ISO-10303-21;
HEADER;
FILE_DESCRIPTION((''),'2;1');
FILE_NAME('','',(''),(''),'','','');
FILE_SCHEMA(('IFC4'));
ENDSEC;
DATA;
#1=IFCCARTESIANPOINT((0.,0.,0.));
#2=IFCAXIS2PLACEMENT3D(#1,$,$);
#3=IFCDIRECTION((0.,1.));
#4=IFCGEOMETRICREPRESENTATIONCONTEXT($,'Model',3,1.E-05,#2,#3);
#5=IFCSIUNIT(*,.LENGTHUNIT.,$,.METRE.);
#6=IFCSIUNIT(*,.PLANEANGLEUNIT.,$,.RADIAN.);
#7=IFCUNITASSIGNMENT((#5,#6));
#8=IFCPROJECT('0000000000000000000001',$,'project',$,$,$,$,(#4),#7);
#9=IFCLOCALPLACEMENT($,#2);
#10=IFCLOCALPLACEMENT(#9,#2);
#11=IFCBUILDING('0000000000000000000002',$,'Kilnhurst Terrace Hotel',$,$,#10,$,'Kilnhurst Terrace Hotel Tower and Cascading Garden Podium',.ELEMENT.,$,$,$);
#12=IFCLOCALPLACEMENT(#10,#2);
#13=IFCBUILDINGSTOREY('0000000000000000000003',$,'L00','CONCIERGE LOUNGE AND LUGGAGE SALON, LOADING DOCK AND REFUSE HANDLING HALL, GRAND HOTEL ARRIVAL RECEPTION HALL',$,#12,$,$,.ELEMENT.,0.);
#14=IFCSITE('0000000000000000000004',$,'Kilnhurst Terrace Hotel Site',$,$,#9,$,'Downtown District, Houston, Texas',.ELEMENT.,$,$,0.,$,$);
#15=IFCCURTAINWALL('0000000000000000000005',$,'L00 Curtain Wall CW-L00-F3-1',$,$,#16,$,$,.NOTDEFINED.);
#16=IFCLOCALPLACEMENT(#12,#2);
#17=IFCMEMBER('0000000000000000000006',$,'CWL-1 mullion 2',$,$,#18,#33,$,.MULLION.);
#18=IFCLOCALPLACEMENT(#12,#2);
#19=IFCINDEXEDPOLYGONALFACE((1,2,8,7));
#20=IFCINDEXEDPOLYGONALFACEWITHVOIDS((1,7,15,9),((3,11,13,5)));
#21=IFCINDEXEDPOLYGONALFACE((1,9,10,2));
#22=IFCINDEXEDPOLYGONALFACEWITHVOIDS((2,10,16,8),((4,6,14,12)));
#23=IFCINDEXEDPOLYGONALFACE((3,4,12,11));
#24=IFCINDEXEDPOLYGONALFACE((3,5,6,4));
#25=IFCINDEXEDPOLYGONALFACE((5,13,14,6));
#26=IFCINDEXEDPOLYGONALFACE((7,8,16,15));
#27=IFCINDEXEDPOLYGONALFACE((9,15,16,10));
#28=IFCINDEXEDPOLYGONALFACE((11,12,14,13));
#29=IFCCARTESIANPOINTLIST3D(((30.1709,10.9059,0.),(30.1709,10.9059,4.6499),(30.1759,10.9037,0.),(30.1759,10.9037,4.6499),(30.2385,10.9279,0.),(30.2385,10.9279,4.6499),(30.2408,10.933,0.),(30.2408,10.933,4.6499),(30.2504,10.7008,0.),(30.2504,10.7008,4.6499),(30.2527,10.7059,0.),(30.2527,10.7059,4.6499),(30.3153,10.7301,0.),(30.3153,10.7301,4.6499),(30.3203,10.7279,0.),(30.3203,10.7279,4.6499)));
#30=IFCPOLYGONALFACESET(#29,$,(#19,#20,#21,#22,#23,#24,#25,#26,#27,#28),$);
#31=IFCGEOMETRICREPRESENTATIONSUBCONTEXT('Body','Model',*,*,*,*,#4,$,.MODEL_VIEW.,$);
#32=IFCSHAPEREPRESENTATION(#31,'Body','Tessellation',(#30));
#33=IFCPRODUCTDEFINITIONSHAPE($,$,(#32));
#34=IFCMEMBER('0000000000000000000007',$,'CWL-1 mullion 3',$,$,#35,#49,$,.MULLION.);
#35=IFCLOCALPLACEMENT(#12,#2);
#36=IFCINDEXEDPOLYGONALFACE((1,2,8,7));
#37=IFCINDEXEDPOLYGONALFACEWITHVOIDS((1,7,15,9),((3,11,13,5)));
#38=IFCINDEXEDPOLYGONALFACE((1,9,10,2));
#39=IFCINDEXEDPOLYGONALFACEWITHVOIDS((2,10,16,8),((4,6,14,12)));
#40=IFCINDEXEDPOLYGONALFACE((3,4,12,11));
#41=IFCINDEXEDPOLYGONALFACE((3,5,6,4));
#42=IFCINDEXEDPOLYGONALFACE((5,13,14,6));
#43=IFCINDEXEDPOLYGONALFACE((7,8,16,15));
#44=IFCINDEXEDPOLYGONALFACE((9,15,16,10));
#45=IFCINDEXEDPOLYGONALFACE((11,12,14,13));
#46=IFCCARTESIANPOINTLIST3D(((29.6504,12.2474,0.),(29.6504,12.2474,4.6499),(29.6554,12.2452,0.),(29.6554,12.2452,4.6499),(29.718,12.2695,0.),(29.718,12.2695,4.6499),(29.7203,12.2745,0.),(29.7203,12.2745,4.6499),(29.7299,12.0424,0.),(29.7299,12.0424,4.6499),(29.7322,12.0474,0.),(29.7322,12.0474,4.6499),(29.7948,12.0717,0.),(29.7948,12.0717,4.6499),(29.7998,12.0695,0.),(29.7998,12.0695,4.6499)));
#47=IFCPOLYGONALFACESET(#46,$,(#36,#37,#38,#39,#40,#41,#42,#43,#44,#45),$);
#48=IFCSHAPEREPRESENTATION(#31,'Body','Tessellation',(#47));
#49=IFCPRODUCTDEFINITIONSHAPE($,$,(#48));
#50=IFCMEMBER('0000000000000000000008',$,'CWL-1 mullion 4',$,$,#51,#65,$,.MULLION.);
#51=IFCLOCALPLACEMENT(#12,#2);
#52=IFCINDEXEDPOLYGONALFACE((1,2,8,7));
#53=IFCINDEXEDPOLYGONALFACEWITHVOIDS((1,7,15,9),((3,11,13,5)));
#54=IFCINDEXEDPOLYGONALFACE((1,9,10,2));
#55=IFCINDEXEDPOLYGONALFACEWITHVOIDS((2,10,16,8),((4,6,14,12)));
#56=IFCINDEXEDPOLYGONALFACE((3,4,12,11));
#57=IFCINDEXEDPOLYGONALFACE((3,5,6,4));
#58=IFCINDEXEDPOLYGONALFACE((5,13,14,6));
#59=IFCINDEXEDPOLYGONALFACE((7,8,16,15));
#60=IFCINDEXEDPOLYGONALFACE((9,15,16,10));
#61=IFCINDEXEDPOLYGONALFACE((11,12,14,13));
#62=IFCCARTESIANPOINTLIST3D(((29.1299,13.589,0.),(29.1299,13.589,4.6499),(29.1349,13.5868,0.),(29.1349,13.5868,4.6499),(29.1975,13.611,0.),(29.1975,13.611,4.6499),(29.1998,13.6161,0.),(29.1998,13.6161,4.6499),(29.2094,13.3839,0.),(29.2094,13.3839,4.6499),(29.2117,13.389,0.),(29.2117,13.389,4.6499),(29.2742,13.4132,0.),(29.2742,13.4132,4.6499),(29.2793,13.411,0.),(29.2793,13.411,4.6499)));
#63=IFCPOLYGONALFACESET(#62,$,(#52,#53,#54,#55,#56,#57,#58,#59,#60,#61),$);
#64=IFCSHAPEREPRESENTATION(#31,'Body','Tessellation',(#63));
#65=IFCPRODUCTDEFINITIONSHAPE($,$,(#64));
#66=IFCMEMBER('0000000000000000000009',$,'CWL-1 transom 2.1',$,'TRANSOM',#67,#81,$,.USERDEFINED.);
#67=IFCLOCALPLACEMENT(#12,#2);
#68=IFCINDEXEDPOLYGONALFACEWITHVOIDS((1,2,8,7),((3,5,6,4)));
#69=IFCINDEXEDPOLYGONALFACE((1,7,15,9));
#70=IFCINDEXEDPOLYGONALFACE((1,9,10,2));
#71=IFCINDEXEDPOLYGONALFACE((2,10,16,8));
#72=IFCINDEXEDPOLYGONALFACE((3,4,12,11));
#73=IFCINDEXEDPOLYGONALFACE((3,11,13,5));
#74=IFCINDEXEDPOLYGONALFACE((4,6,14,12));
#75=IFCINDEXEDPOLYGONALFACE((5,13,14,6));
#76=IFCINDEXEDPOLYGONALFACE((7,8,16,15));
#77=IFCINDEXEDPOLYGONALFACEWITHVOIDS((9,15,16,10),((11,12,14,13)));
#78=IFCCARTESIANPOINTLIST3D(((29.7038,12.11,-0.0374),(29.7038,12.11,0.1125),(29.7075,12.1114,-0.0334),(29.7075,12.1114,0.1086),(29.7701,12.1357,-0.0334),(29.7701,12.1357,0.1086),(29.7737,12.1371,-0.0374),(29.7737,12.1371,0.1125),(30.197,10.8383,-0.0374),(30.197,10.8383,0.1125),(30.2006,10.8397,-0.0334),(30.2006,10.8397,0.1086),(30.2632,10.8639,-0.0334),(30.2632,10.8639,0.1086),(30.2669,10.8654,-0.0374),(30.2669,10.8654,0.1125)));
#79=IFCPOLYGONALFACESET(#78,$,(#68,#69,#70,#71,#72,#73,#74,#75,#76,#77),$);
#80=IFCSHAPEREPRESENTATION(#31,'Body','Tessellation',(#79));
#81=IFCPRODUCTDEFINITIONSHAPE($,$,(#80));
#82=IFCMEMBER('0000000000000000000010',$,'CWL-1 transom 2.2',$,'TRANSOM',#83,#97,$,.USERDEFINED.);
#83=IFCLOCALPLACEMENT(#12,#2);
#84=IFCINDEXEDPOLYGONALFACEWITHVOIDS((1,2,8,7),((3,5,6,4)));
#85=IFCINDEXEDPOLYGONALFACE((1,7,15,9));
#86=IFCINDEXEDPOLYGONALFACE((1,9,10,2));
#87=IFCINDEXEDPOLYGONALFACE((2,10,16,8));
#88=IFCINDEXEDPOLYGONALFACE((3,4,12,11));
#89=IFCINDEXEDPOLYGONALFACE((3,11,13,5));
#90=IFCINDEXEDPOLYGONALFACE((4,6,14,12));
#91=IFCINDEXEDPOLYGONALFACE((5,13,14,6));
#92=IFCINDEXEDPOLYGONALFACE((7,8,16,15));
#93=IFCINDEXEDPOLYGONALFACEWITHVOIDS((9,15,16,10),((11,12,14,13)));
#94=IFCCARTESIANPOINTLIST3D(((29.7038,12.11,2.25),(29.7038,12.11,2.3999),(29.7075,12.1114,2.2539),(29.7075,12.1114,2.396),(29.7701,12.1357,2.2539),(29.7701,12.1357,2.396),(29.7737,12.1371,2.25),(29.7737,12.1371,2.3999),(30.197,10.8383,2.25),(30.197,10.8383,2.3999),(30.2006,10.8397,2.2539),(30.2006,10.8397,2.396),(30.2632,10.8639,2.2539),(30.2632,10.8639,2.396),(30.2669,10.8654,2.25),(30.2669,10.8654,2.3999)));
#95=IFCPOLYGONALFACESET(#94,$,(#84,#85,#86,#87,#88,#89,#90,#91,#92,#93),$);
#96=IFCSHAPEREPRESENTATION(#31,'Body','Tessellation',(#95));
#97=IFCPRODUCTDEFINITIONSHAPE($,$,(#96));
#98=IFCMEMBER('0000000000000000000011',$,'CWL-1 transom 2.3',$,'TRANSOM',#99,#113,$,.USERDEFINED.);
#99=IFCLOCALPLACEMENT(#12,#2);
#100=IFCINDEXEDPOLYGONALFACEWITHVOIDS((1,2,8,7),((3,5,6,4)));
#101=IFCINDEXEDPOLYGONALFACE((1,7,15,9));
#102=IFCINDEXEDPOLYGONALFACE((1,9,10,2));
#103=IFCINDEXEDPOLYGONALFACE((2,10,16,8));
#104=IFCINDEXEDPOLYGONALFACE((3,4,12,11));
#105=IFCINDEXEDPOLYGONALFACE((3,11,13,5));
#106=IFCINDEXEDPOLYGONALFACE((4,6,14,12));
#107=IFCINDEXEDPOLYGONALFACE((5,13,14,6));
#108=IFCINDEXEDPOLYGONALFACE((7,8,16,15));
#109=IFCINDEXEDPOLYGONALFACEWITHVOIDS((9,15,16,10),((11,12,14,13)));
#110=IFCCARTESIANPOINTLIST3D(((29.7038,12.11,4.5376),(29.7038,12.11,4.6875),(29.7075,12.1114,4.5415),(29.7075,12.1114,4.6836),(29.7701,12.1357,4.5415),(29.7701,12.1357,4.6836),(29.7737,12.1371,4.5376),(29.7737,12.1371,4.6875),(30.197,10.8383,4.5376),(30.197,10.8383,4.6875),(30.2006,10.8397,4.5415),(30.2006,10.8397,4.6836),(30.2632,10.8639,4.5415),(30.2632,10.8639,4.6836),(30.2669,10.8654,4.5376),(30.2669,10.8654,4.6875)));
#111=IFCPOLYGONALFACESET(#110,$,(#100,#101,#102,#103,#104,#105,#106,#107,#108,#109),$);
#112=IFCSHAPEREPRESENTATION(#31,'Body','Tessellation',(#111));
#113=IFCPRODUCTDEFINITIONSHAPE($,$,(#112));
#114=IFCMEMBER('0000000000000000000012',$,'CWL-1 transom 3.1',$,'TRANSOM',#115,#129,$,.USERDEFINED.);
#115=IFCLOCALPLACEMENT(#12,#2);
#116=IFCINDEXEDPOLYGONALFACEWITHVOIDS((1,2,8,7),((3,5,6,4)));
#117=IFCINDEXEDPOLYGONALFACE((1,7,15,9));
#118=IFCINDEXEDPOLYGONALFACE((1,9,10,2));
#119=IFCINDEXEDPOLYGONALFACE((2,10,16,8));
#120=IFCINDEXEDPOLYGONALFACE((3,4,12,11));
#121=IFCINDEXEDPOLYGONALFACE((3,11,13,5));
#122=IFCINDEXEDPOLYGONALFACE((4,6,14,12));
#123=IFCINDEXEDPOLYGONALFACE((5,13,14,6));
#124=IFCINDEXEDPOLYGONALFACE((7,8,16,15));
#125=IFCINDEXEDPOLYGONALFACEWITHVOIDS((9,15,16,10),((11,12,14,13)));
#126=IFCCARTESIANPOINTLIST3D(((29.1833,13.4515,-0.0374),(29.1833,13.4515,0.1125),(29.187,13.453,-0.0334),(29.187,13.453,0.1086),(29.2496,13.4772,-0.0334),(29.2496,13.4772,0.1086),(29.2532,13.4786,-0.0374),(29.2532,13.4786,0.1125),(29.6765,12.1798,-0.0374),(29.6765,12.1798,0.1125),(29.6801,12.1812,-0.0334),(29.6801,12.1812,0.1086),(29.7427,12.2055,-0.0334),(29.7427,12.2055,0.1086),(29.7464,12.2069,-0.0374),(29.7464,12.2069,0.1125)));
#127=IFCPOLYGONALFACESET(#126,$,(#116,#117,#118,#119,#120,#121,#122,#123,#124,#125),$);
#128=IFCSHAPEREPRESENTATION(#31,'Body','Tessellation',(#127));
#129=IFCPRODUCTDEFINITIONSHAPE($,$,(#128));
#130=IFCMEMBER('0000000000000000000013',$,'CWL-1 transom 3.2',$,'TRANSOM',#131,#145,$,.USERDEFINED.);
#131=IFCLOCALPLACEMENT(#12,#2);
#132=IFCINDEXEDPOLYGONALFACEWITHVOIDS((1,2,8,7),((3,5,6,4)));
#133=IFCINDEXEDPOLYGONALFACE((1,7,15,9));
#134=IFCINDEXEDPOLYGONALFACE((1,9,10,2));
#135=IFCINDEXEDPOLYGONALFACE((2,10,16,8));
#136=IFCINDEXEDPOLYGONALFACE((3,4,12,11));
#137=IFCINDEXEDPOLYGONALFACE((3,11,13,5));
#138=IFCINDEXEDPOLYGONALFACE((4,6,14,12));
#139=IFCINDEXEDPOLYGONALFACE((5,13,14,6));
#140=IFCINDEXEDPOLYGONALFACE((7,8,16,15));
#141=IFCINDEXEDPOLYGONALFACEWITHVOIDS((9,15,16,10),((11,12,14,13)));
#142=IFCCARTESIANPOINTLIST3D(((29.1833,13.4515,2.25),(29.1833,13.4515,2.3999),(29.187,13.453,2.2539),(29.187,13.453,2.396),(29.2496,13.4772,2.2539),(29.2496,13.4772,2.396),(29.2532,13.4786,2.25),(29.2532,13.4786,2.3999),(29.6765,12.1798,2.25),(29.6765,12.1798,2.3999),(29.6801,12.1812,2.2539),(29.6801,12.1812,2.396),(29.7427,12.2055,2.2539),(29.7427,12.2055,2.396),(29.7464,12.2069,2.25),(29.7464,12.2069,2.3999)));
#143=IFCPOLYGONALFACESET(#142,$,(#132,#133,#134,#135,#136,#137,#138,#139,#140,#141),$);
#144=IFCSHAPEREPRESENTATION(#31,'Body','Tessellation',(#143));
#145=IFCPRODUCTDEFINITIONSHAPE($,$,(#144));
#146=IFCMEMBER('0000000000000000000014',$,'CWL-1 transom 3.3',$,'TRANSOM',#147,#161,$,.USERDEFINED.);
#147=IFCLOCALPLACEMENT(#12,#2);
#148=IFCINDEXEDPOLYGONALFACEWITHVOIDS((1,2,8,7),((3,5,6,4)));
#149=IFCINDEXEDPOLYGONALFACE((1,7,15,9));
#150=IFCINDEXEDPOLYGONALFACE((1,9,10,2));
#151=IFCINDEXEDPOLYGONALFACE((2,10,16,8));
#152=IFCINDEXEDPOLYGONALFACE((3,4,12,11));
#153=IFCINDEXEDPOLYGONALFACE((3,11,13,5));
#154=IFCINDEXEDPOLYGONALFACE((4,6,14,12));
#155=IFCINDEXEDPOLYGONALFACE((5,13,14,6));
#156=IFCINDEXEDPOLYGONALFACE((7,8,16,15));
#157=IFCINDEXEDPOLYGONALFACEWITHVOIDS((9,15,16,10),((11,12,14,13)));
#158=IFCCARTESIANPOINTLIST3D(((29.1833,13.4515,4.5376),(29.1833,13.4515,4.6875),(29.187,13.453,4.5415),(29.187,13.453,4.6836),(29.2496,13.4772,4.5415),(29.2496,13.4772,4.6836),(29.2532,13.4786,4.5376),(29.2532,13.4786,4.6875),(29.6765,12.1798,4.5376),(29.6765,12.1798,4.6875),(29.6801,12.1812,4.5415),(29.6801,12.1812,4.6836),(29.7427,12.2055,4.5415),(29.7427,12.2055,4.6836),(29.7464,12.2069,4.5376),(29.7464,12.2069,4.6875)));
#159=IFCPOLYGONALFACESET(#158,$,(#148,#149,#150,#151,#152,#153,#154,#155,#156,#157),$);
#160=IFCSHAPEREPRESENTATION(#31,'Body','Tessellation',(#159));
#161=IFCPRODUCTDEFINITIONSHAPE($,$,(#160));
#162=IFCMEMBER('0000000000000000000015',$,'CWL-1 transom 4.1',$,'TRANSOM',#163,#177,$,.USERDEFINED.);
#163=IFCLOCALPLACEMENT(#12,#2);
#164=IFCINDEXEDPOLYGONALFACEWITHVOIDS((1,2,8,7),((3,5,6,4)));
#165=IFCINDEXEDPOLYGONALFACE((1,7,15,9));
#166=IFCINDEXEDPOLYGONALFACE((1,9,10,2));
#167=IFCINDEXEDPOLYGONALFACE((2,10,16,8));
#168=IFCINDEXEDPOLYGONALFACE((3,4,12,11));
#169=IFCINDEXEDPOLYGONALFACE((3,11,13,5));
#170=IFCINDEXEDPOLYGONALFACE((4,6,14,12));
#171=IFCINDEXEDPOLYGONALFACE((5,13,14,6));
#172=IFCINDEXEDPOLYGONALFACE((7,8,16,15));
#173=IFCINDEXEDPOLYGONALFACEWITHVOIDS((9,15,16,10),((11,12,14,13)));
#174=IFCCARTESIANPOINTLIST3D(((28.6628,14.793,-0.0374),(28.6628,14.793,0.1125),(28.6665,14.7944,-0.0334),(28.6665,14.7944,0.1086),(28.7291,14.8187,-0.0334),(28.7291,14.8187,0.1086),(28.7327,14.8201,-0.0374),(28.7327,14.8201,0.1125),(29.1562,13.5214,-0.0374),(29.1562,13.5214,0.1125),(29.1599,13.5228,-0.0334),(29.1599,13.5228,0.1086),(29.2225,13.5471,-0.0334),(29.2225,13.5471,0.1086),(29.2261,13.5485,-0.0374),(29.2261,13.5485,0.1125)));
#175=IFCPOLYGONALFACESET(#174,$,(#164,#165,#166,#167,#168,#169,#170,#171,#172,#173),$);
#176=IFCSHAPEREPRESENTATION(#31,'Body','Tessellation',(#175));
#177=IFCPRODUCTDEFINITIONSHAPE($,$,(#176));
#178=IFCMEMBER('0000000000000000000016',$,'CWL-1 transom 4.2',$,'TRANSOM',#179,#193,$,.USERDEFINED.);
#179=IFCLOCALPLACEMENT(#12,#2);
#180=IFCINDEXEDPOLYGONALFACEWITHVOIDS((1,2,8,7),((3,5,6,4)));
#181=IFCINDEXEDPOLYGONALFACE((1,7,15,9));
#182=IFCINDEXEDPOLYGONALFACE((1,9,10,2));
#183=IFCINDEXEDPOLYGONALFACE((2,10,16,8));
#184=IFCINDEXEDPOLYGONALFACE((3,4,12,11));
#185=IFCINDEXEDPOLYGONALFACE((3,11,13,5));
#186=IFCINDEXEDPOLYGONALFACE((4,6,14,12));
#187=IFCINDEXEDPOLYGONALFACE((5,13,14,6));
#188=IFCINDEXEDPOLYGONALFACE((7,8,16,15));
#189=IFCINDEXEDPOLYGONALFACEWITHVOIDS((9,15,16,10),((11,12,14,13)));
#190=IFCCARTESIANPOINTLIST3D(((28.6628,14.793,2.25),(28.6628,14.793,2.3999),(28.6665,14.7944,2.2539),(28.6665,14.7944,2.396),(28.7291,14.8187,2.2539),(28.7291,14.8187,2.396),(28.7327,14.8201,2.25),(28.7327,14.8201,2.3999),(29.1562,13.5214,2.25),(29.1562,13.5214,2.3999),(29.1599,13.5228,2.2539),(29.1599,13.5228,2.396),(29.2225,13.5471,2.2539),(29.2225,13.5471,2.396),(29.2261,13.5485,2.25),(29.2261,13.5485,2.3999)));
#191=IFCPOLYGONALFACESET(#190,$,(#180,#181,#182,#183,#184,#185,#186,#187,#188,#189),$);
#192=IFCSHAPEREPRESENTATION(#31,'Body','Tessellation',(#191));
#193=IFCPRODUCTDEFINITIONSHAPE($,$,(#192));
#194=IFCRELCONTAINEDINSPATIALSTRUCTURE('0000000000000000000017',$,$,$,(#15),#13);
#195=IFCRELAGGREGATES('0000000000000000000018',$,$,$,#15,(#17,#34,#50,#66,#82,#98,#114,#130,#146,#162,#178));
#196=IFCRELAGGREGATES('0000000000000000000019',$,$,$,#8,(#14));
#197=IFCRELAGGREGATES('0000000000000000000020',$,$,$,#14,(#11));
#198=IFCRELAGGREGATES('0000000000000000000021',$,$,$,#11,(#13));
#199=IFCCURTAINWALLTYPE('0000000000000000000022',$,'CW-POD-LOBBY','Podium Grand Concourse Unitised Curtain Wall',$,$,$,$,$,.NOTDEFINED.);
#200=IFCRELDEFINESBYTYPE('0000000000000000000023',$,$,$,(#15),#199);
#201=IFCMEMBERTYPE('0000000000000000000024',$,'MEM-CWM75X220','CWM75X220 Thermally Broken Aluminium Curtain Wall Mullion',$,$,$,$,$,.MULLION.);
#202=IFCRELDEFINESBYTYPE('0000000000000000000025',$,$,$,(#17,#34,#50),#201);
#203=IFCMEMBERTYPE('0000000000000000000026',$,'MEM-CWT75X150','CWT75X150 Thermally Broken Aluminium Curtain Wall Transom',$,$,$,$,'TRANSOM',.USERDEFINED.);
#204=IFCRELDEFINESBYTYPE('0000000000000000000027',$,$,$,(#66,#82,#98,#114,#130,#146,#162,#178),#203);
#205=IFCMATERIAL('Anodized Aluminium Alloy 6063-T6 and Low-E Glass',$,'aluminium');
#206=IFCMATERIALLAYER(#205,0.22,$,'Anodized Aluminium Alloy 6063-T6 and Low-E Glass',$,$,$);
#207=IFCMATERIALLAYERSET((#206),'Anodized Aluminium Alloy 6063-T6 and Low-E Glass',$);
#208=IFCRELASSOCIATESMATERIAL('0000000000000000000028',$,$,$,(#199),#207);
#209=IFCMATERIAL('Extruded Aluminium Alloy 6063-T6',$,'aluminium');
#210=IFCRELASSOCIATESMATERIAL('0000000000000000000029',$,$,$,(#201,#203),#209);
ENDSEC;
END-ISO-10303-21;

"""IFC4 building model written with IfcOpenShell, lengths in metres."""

from ifc_helpers import new_model, si_unit, direction, frame, origin, origin_2d, place, context, subcontext, project, spatial, hollow_rectangle, extrude, material, layer, layer_set, material_profile, profile_set, type_object, element, aggregate, save


model = new_model("IFC4")

# Units and contexts
model_context = context("Model", 3, precision=1e-05, world=origin(), true_north=direction((0.0, 1.0)))
body_context = subcontext(model_context, "Body", "Model", "MODEL_VIEW")
ifc_project = project(units=[si_unit("LENGTHUNIT", "METRE"), si_unit("PLANEANGLEUNIT", "RADIAN")], contexts=[model_context])

# Site, building, storey
site_placement = place(None, origin())
site = spatial("IfcSite", under=ifc_project, at=site_placement, Name="Kilnhurst Terrace Hotel Site", LongName="Downtown District, Houston, Texas", CompositionType="ELEMENT", RefElevation=0.0)
building_placement = place(site_placement, origin())
building = spatial("IfcBuilding", under=site, at=building_placement, Name="Kilnhurst Terrace Hotel", LongName="Kilnhurst Terrace Hotel Tower and Cascading Garden Podium", CompositionType="ELEMENT")
storey_placement = place(building_placement, origin())
storey = spatial("IfcBuildingStorey", under=building, at=storey_placement, Name="L00", Description="CONCIERGE LOUNGE AND LUGGAGE SALON, LOADING DOCK AND REFUSE HANDLING HALL, GRAND HOTEL ARRIVAL RECEPTION HALL", CompositionType="ELEMENT", Elevation=0.0)

# Curtain wall, members
ifc_material_1 = material(Name="Anodized Aluminium Alloy 6063-T6 and Low-E Glass", Category="aluminium")
ifc_layer_1 = layer(ifc_material_1, 0.22, Name="Anodized Aluminium Alloy 6063-T6 and Low-E Glass")
ifc_layer_set_1 = layer_set([ifc_layer_1], Name="Anodized Aluminium Alloy 6063-T6 and Low-E Glass")
curtain_wall_type = type_object("IfcCurtainWallType", Name="CW-POD-LOBBY", Description="Podium Grand Concourse Unitised Curtain Wall", PredefinedType="NOTDEFINED", material=ifc_layer_set_1)
curtain_wall_placement = place(storey_placement, origin())
curtain_wall = element("IfcCurtainWall", 1, at=curtain_wall_placement, inside=storey, type_object=curtain_wall_type, Name="L00 Curtain Wall CW-L00-F3-1", PredefinedType="NOTDEFINED")
ifc_material_2 = material(Name="Extruded Aluminium Alloy 6063-T6", Category="aluminium")
ifc_material_profile_1 = material_profile(ifc_material_2, hollow_rectangle(XDim=0.075, YDim=0.22, WallThickness=0.0039, at=origin_2d()), Name="CWM75X220")
ifc_profile_set_1 = profile_set([ifc_material_profile_1], Name="Extruded Aluminium Alloy 6063-T6")
member_type_1 = type_object("IfcMemberType", Name="MEM-CWM75X220", Description="CWM75X220 Thermally Broken Aluminium Curtain Wall Mullion", PredefinedType="MULLION", material=ifc_profile_set_1)
member_1_placement = place(storey_placement, frame((30.2456, 10.8169, 0.0), z_axis=(0.0, 0.0, 1.0), x_axis=(-0.932318, -0.361639, 0.0)))
member_1 = element("IfcMember", 2, at=member_1_placement, type_object=member_type_1, Name="CWL-1 mullion 2", PredefinedType="MULLION", context=body_context, shape_type="SweptSolid", body=[
    extrude(hollow_rectangle(XDim=0.075, YDim=0.22, WallThickness=0.0039, at=origin_2d()), origin(), (0.0, 0.0, 1.0), 4.6499),
])
member_2_placement = place(storey_placement, frame((29.7251, 12.1584, 0.0), z_axis=(0.0, 0.0, 1.0), x_axis=(-0.932318, -0.361639, 0.0)))
member_2 = element("IfcMember", 3, at=member_2_placement, type_object=member_type_1, Name="CWL-1 mullion 3", PredefinedType="MULLION", context=body_context, shape_type="SweptSolid", body=[
    extrude(hollow_rectangle(XDim=0.075, YDim=0.22, WallThickness=0.0039, at=origin_2d()), origin(), (0.0, 0.0, 1.0), 4.6499),
])
member_3_placement = place(storey_placement, frame((29.2046, 13.5, 0.0), z_axis=(0.0, 0.0, 1.0), x_axis=(-0.932318, -0.361639, 0.0)))
member_3 = element("IfcMember", 4, at=member_3_placement, type_object=member_type_1, Name="CWL-1 mullion 4", PredefinedType="MULLION", context=body_context, shape_type="SweptSolid", body=[
    extrude(hollow_rectangle(XDim=0.075, YDim=0.22, WallThickness=0.0039, at=origin_2d()), origin(), (0.0, 0.0, 1.0), 4.6499),
])
ifc_material_profile_2 = material_profile(ifc_material_2, hollow_rectangle(XDim=0.075, YDim=0.1499, WallThickness=0.0039, at=origin_2d()), Name="CWT75X150")
ifc_profile_set_2 = profile_set([ifc_material_profile_2], Name="Extruded Aluminium Alloy 6063-T6")
member_type_2 = type_object("IfcMemberType", Name="MEM-CWT75X150", Description="CWT75X150 Thermally Broken Aluminium Curtain Wall Transom", ElementType="TRANSOM", PredefinedType="USERDEFINED", material=ifc_profile_set_2)
member_4_placement = place(storey_placement, frame((30.2319, 10.8518, 0.0376), z_axis=(-0.361556, 0.93235, 0.0), x_axis=(-0.93235, -0.361556, 0.0)))
member_4 = element("IfcMember", 5, at=member_4_placement, type_object=member_type_2, Name="CWL-1 transom 2.1", ObjectType="TRANSOM", PredefinedType="USERDEFINED", context=body_context, shape_type="SweptSolid", body=[
    extrude(hollow_rectangle(XDim=0.075, YDim=0.1499, WallThickness=0.0039, at=origin_2d()), origin(), (0.0, 0.0, 1.0), 1.364),
])
member_5_placement = place(storey_placement, frame((30.2319, 10.8518, 2.325), z_axis=(-0.361556, 0.93235, 0.0), x_axis=(-0.93235, -0.361556, 0.0)))
member_5 = element("IfcMember", 6, at=member_5_placement, type_object=member_type_2, Name="CWL-1 transom 2.2", ObjectType="TRANSOM", PredefinedType="USERDEFINED", context=body_context, shape_type="SweptSolid", body=[
    extrude(hollow_rectangle(XDim=0.075, YDim=0.1499, WallThickness=0.0039, at=origin_2d()), origin(), (0.0, 0.0, 1.0), 1.364),
])
member_6_placement = place(storey_placement, frame((30.2319, 10.8518, 4.6125), z_axis=(-0.361556, 0.93235, 0.0), x_axis=(-0.93235, -0.361556, 0.0)))
member_6 = element("IfcMember", 7, at=member_6_placement, type_object=member_type_2, Name="CWL-1 transom 2.3", ObjectType="TRANSOM", PredefinedType="USERDEFINED", context=body_context, shape_type="SweptSolid", body=[
    extrude(hollow_rectangle(XDim=0.075, YDim=0.1499, WallThickness=0.0039, at=origin_2d()), origin(), (0.0, 0.0, 1.0), 1.364),
])
member_7_placement = place(storey_placement, frame((29.7114, 12.1934, 0.0376), z_axis=(-0.361556, 0.93235, 0.0), x_axis=(-0.93235, -0.361556, 0.0)))
member_7 = element("IfcMember", 8, at=member_7_placement, type_object=member_type_2, Name="CWL-1 transom 3.1", ObjectType="TRANSOM", PredefinedType="USERDEFINED", context=body_context, shape_type="SweptSolid", body=[
    extrude(hollow_rectangle(XDim=0.075, YDim=0.1499, WallThickness=0.0039, at=origin_2d()), origin(), (0.0, 0.0, 1.0), 1.364),
])
member_8_placement = place(storey_placement, frame((29.7114, 12.1934, 2.325), z_axis=(-0.361556, 0.93235, 0.0), x_axis=(-0.93235, -0.361556, 0.0)))
member_8 = element("IfcMember", 9, at=member_8_placement, type_object=member_type_2, Name="CWL-1 transom 3.2", ObjectType="TRANSOM", PredefinedType="USERDEFINED", context=body_context, shape_type="SweptSolid", body=[
    extrude(hollow_rectangle(XDim=0.075, YDim=0.1499, WallThickness=0.0039, at=origin_2d()), origin(), (0.0, 0.0, 1.0), 1.364),
])
member_9_placement = place(storey_placement, frame((29.7114, 12.1934, 4.6125), z_axis=(-0.361556, 0.93235, 0.0), x_axis=(-0.93235, -0.361556, 0.0)))
member_9 = element("IfcMember", 10, at=member_9_placement, type_object=member_type_2, Name="CWL-1 transom 3.3", ObjectType="TRANSOM", PredefinedType="USERDEFINED", context=body_context, shape_type="SweptSolid", body=[
    extrude(hollow_rectangle(XDim=0.075, YDim=0.1499, WallThickness=0.0039, at=origin_2d()), origin(), (0.0, 0.0, 1.0), 1.364),
])
member_10_placement = place(storey_placement, frame((29.1912, 13.5349, 0.0376), z_axis=(-0.361712, 0.93229, 0.0), x_axis=(-0.93229, -0.361712, 0.0)))
member_10 = element("IfcMember", 11, at=member_10_placement, type_object=member_type_2, Name="CWL-1 transom 4.1", ObjectType="TRANSOM", PredefinedType="USERDEFINED", context=body_context, shape_type="SweptSolid", body=[
    extrude(hollow_rectangle(XDim=0.075, YDim=0.1499, WallThickness=0.0039, at=origin_2d()), origin(), (0.0, 0.0, 1.0), 1.364),
])
member_11_placement = place(storey_placement, frame((29.1912, 13.5349, 2.325), z_axis=(-0.361712, 0.93229, 0.0), x_axis=(-0.93229, -0.361712, 0.0)))
member_11 = element("IfcMember", 12, at=member_11_placement, type_object=member_type_2, Name="CWL-1 transom 4.2", ObjectType="TRANSOM", PredefinedType="USERDEFINED", context=body_context, shape_type="SweptSolid", body=[
    extrude(hollow_rectangle(XDim=0.075, YDim=0.1499, WallThickness=0.0039, at=origin_2d()), origin(), (0.0, 0.0, 1.0), 1.364),
])
aggregate(curtain_wall, [member_1, member_2, member_3, member_4, member_5, member_6, member_7, member_8, member_9, member_10, member_11])

save(model, "model.ifc")
